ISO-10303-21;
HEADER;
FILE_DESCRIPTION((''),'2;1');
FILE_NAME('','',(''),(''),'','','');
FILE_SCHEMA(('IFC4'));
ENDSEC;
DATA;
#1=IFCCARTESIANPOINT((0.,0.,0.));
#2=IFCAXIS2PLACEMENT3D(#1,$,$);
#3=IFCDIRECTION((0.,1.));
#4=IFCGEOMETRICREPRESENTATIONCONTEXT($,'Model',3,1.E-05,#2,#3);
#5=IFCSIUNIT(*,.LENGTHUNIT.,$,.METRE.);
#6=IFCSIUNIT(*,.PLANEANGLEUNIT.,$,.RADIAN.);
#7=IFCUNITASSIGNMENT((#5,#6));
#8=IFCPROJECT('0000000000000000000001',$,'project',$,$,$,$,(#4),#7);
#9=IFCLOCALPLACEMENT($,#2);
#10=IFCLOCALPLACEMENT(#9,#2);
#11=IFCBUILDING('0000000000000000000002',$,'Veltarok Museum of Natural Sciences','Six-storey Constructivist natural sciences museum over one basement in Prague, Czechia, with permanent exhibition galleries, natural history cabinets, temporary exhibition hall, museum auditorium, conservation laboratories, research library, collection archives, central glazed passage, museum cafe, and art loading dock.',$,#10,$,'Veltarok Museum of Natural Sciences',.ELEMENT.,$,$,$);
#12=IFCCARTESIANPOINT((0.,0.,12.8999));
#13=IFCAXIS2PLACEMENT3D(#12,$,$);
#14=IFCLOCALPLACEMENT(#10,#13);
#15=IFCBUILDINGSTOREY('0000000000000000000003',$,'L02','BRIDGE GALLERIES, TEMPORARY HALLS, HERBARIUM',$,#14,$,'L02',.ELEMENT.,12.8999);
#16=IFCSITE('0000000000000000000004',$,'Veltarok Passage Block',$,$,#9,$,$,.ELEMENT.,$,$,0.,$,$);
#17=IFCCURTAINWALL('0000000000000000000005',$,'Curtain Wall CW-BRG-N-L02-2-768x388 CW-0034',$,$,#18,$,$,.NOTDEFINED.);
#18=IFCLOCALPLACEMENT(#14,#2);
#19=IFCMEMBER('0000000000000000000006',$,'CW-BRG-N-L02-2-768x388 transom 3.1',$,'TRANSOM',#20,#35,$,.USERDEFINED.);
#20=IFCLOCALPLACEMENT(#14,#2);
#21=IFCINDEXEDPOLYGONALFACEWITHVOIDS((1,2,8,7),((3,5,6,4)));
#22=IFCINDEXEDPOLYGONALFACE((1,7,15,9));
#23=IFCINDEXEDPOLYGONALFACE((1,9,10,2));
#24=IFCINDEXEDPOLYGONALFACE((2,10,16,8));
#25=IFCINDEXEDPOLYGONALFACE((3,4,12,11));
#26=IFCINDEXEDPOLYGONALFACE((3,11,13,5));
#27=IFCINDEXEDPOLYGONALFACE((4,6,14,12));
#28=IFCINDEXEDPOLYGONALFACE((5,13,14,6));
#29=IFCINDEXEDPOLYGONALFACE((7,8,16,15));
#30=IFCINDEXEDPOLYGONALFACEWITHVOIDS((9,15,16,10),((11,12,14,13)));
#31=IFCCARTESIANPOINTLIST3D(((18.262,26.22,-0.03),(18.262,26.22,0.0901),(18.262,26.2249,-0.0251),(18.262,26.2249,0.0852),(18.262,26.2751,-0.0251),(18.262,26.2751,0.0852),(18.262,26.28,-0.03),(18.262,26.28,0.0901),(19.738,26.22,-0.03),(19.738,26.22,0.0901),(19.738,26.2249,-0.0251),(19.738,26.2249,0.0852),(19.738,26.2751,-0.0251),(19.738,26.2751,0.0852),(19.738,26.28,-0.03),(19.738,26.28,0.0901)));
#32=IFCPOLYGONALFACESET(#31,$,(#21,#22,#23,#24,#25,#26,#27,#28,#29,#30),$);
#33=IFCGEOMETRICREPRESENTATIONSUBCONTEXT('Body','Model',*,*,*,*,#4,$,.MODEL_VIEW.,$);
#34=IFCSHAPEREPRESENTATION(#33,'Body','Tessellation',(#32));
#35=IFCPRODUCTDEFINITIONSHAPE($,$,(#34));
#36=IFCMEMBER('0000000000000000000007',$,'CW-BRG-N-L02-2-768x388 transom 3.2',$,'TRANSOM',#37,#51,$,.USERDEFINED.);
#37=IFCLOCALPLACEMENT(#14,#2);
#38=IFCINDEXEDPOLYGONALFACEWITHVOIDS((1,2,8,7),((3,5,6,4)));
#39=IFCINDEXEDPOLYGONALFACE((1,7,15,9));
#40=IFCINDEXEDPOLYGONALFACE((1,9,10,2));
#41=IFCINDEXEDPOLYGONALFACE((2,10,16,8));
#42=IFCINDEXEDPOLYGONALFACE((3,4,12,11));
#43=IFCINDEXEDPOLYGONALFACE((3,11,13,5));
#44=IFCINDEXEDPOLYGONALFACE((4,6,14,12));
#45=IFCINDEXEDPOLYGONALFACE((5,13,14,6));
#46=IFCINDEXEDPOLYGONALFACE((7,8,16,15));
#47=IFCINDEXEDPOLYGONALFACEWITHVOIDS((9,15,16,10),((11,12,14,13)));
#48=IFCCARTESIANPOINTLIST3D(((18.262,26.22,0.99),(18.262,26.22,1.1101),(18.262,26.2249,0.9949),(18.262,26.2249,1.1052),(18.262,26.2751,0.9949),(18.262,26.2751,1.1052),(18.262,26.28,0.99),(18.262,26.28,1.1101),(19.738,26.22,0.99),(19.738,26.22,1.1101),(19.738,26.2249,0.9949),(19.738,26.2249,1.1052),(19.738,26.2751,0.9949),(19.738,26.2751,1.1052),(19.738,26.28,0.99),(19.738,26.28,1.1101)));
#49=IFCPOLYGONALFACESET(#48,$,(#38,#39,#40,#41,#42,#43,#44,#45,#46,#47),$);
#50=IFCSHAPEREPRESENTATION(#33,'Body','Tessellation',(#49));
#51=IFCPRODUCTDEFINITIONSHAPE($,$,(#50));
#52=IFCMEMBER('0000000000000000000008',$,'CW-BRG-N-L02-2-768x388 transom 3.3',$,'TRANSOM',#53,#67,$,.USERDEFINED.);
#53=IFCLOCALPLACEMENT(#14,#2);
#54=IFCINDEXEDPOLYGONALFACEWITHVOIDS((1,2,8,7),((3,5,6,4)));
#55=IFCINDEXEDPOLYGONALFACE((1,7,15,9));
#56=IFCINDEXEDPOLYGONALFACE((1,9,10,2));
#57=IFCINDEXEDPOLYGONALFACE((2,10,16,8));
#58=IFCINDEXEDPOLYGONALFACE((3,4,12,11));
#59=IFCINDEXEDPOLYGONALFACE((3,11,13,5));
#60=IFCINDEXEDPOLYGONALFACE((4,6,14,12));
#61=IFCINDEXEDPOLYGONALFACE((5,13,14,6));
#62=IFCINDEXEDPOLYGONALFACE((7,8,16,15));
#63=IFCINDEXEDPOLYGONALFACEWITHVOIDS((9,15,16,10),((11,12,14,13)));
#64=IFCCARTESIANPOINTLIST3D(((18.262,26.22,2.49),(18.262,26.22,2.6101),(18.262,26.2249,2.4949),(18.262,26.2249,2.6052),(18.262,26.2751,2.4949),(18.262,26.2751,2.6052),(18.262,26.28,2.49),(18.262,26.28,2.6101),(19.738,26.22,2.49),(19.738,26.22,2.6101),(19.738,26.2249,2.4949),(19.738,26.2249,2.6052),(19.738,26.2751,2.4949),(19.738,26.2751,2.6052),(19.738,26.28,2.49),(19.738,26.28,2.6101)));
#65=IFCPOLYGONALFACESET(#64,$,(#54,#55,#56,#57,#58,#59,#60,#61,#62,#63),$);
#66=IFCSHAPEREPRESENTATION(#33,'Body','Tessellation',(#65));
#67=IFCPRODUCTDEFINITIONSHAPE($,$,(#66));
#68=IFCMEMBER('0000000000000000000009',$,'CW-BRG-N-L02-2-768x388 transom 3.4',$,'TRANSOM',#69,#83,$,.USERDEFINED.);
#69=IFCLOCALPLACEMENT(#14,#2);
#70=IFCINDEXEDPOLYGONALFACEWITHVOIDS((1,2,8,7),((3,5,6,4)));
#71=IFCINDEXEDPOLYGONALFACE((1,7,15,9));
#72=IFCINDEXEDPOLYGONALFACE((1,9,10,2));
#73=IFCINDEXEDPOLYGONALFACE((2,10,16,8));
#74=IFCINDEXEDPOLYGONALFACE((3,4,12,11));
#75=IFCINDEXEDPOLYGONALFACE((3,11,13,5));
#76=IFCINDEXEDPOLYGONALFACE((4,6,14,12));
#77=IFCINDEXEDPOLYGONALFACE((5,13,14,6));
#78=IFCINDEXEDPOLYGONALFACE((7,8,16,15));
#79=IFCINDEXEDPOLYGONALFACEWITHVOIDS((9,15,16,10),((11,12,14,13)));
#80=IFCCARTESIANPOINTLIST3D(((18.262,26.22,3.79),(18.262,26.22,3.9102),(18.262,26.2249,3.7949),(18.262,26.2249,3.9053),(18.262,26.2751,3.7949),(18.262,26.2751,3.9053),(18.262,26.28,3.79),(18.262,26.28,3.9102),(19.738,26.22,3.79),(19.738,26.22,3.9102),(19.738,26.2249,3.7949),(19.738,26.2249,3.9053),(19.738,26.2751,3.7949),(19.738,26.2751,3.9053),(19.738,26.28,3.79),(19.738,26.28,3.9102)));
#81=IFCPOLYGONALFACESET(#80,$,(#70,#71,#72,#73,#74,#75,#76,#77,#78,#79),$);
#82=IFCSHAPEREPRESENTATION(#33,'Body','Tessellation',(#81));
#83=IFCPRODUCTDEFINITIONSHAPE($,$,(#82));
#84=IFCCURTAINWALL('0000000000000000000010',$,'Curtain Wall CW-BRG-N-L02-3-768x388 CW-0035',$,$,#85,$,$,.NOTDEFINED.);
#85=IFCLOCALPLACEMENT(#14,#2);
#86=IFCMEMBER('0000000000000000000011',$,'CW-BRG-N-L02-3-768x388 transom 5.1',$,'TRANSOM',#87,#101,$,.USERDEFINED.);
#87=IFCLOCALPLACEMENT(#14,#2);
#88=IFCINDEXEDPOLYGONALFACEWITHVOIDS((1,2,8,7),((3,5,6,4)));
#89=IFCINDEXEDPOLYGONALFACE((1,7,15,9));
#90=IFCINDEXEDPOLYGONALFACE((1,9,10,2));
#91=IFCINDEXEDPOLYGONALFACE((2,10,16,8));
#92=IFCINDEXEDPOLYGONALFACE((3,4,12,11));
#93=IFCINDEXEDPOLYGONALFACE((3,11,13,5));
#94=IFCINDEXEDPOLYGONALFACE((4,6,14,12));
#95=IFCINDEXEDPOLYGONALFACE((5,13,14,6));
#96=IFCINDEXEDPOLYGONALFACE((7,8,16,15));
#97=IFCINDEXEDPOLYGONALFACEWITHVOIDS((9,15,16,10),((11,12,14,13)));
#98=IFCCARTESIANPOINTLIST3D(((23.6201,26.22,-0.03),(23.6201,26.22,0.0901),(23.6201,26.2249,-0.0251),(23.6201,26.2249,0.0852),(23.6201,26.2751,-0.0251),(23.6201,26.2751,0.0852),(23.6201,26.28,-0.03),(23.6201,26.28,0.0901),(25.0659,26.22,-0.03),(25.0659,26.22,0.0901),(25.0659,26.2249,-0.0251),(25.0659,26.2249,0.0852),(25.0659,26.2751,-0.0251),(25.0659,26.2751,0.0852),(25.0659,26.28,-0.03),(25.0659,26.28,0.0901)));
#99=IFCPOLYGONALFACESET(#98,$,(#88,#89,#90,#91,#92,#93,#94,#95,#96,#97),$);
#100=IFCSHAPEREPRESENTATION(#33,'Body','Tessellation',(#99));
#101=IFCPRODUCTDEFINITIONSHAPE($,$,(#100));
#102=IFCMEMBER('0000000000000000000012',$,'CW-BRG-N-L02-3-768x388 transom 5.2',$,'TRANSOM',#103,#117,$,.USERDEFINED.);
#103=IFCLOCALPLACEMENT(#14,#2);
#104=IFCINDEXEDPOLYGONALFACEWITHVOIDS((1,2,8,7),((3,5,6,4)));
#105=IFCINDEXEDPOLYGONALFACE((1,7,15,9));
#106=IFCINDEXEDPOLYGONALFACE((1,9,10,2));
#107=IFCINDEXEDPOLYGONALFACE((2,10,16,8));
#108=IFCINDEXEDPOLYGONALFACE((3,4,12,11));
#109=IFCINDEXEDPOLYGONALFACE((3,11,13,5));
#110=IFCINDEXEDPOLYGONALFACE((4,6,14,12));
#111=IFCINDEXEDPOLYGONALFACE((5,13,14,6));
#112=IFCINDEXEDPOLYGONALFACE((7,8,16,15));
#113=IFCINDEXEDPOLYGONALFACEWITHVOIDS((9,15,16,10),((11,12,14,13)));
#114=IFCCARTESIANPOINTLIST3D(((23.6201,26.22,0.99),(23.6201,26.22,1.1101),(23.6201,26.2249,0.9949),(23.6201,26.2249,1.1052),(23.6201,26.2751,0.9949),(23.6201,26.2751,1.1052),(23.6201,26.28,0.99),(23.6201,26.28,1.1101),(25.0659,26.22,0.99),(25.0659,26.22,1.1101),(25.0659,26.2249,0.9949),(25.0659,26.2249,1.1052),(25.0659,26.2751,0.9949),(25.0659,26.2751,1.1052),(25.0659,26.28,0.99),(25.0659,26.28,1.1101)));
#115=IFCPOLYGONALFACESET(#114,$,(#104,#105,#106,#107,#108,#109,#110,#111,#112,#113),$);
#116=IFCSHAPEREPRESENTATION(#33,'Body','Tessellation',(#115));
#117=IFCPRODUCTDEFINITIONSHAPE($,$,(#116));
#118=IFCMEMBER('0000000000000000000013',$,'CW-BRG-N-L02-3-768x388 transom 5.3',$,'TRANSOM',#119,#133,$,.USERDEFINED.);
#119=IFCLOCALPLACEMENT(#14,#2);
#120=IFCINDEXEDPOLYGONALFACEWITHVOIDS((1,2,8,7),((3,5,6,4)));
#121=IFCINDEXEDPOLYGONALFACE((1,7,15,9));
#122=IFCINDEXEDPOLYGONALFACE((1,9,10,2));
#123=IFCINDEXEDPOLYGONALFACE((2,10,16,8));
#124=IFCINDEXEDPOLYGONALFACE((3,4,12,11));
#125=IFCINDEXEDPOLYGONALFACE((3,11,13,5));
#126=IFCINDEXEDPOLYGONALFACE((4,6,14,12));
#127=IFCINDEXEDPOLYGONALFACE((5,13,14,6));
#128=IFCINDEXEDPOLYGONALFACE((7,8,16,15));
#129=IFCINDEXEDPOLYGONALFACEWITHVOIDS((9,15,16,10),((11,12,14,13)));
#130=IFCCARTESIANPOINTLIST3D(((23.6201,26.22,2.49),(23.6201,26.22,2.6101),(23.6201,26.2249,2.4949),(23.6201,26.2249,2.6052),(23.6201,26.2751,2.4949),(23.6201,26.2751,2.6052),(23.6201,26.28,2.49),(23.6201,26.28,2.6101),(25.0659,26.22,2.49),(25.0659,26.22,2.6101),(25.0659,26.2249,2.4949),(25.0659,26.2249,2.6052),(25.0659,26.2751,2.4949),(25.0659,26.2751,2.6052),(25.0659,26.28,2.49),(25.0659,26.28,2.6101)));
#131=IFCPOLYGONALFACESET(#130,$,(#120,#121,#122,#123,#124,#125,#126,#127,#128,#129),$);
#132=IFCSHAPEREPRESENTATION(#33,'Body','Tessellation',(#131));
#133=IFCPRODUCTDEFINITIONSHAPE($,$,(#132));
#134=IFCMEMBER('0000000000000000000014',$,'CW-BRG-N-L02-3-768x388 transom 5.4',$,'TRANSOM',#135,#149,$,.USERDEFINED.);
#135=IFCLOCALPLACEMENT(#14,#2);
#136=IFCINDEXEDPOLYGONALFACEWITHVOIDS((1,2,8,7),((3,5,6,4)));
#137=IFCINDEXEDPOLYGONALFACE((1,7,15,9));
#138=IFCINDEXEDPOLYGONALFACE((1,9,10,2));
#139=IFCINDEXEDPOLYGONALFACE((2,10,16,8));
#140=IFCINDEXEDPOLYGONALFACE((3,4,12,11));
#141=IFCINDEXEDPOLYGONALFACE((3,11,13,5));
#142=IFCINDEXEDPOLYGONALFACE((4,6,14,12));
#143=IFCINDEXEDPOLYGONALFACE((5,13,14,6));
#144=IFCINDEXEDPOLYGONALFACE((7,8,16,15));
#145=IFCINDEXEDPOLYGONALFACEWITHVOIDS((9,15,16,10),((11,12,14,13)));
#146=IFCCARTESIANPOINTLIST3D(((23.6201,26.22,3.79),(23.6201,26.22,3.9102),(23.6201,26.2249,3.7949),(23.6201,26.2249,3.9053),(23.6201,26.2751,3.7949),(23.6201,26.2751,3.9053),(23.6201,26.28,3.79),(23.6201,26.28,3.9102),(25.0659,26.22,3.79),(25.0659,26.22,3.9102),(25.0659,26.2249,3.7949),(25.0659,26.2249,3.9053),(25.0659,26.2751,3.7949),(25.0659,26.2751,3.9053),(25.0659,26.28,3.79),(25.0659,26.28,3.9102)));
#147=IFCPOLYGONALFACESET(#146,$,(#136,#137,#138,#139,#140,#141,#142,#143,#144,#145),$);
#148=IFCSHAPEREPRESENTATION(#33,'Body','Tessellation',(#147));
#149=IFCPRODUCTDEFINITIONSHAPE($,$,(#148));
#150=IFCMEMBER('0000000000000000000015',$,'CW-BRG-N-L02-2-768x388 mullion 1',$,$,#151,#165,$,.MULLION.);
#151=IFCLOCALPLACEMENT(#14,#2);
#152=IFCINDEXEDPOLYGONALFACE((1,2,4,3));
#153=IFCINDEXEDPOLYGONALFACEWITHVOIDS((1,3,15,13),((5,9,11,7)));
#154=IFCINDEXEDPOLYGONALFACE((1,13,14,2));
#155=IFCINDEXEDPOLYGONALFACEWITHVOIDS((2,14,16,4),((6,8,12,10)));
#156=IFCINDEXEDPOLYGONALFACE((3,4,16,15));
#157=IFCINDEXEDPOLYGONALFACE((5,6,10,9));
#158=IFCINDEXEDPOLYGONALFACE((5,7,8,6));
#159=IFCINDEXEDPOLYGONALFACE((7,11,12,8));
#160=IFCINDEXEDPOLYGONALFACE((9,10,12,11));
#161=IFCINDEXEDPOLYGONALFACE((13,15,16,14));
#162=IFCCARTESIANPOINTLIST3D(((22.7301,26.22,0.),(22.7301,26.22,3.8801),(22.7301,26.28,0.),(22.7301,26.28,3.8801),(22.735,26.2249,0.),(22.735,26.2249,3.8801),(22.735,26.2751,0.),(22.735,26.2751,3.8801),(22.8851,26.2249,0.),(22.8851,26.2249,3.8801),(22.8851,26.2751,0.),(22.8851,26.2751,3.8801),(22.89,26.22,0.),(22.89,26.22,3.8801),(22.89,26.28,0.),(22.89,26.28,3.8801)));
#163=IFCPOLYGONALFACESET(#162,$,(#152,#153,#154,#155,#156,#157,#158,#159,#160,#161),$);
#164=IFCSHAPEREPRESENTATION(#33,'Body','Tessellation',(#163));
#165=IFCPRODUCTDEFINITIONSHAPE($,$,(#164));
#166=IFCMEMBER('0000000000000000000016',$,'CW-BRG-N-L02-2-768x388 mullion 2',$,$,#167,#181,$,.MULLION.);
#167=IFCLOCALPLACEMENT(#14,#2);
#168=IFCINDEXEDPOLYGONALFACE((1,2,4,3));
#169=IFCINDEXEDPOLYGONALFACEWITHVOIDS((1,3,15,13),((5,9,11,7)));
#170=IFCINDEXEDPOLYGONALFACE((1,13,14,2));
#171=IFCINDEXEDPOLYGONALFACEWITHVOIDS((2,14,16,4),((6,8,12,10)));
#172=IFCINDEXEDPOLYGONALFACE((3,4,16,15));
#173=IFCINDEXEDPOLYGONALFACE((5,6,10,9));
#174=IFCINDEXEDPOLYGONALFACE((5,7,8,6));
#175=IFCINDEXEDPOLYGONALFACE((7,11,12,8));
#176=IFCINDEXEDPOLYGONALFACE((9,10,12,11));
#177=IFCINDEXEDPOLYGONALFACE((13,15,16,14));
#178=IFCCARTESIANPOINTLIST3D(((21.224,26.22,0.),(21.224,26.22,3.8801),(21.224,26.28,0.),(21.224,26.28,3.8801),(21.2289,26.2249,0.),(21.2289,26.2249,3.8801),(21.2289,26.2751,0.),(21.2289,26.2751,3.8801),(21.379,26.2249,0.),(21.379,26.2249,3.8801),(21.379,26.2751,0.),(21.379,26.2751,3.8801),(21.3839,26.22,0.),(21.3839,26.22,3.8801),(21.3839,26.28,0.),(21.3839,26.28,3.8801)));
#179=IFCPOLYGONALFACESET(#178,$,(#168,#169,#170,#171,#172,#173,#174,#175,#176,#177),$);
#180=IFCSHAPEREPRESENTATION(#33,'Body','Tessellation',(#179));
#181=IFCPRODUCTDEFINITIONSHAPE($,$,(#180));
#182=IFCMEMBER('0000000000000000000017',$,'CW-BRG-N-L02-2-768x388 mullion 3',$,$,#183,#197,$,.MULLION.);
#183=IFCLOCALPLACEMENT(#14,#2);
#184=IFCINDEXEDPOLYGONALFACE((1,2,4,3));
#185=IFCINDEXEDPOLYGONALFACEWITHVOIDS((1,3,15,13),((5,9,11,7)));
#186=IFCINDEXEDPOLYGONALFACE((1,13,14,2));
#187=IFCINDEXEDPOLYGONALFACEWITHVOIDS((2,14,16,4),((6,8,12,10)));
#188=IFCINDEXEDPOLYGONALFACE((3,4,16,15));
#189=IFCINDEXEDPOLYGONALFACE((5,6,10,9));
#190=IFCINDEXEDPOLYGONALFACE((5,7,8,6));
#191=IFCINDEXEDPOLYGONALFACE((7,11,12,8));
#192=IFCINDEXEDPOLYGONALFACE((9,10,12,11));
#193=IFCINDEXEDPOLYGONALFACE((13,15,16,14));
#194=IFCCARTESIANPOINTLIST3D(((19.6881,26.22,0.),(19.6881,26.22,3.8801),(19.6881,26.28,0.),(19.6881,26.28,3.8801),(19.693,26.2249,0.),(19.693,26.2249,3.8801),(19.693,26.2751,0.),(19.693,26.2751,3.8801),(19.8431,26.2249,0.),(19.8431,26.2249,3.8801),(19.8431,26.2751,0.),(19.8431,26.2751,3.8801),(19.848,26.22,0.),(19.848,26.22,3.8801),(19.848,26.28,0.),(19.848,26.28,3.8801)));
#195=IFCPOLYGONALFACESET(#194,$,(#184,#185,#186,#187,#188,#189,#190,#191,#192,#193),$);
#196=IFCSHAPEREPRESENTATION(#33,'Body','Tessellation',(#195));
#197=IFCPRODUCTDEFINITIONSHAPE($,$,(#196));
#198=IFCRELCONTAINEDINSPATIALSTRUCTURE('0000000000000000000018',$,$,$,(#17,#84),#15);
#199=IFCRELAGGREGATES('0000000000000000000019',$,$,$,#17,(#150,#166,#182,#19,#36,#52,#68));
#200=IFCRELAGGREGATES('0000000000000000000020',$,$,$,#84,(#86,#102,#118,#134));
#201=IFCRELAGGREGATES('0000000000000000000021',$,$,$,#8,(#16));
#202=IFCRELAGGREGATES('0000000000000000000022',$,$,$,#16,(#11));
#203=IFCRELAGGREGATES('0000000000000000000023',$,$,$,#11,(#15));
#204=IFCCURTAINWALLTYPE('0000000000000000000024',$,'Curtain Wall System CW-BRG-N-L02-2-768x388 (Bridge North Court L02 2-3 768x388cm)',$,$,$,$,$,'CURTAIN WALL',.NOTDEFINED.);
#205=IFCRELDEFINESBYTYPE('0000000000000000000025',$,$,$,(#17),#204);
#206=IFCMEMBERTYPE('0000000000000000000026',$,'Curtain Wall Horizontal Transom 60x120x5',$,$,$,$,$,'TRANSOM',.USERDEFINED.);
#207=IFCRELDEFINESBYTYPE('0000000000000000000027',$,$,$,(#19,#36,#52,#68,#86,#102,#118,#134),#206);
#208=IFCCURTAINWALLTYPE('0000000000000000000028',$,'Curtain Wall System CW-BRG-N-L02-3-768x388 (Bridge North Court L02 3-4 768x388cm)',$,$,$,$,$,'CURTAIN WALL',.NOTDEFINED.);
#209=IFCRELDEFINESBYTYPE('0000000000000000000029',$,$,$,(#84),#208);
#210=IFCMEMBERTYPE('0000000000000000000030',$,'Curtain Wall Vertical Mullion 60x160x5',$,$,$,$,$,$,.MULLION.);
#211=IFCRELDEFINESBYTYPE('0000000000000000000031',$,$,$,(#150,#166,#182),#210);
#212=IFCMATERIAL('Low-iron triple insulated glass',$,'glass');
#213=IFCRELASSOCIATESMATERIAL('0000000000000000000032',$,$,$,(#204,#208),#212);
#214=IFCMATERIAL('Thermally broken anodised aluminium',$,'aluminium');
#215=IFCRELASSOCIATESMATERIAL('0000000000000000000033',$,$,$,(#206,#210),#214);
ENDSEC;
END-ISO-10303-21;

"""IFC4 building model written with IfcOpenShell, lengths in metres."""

from ifc_helpers import new_model, si_unit, direction, frame, origin, origin_2d, place, context, subcontext, project, spatial, hollow_rectangle, extrude, material, material_profile, profile_set, type_object, element, aggregate, save


model = new_model("IFC4")

# Units and contexts
model_context = context("Model", 3, precision=1e-05, world=origin(), true_north=direction((0.0, 1.0)))
body_context = subcontext(model_context, "Body", "Model", "MODEL_VIEW")
ifc_project = project(units=[si_unit("LENGTHUNIT", "METRE"), si_unit("PLANEANGLEUNIT", "RADIAN")], contexts=[model_context])

# Site, building, storey
site_placement = place(None, origin())
site = spatial("IfcSite", under=ifc_project, at=site_placement, Name="Veltarok Passage Block", CompositionType="ELEMENT", RefElevation=0.0)
building_placement = place(site_placement, origin())
building = spatial("IfcBuilding", under=site, at=building_placement, Name="Veltarok Museum of Natural Sciences", Description="Six-storey Constructivist natural sciences museum over one basement in Prague, Czechia, with permanent exhibition galleries, natural history cabinets, temporary exhibition hall, museum auditorium, conservation laboratories, research library, collection archives, central glazed passage, museum cafe, and art loading dock.", LongName="Veltarok Museum of Natural Sciences", CompositionType="ELEMENT")
storey_placement = place(building_placement, frame((0.0, 0.0, 12.8999)))
storey = spatial("IfcBuildingStorey", under=building, at=storey_placement, Name="L02", Description="BRIDGE GALLERIES, TEMPORARY HALLS, HERBARIUM", LongName="L02", CompositionType="ELEMENT", Elevation=12.8999)

# Curtain walls, members
ifc_material_1 = material(Name="Low-iron triple insulated glass", Category="glass")
curtain_wall_type_1 = type_object("IfcCurtainWallType", Name="Curtain Wall System CW-BRG-N-L02-2-768x388 (Bridge North Court L02 2-3 768x388cm)", ElementType="CURTAIN WALL", PredefinedType="NOTDEFINED", material=ifc_material_1)
curtain_wall_1_placement = place(storey_placement, origin())
curtain_wall_1 = element("IfcCurtainWall", 1, at=curtain_wall_1_placement, inside=storey, type_object=curtain_wall_type_1, Name="Curtain Wall CW-BRG-N-L02-2-768x388 CW-0034", PredefinedType="NOTDEFINED")
ifc_material_2 = material(Name="Thermally broken anodised aluminium", Category="aluminium")
ifc_material_profile_1 = material_profile(ifc_material_2, hollow_rectangle(XDim=0.0601, YDim=0.1201, WallThickness=0.0049, at=origin_2d()), Name="CW TRANSOM 60x120x5")
ifc_profile_set_1 = profile_set([ifc_material_profile_1], Name="Thermally broken anodised aluminium")
member_type_1 = type_object("IfcMemberType", Name="Curtain Wall Horizontal Transom 60x120x5", ElementType="TRANSOM", PredefinedType="USERDEFINED", material=ifc_profile_set_1)
member_1_placement = place(storey_placement, frame((19.738, 26.25, 0.03), z_axis=(-1.0, 0.0, 0.0), x_axis=(0.0, -1.0, 0.0)))
member_1 = element("IfcMember", 2, at=member_1_placement, type_object=member_type_1, Name="CW-BRG-N-L02-2-768x388 transom 3.1", ObjectType="TRANSOM", PredefinedType="USERDEFINED", context=body_context, shape_type="SweptSolid", body=[
    extrude(hollow_rectangle(XDim=0.0601, YDim=0.1201, WallThickness=0.0049, at=origin_2d()), origin(), (0.0, 0.0, 1.0), 1.4761),
])
member_2_placement = place(storey_placement, frame((19.738, 26.25, 1.05), z_axis=(-1.0, 0.0, 0.0), x_axis=(0.0, -1.0, 0.0)))
member_2 = element("IfcMember", 3, at=member_2_placement, type_object=member_type_1, Name="CW-BRG-N-L02-2-768x388 transom 3.2", ObjectType="TRANSOM", PredefinedType="USERDEFINED", context=body_context, shape_type="SweptSolid", body=[
    extrude(hollow_rectangle(XDim=0.0601, YDim=0.1201, WallThickness=0.0049, at=origin_2d()), origin(), (0.0, 0.0, 1.0), 1.4761),
])
member_3_placement = place(storey_placement, frame((19.738, 26.25, 2.55), z_axis=(-1.0, 0.0, 0.0), x_axis=(0.0, -1.0, 0.0)))
member_3 = element("IfcMember", 4, at=member_3_placement, type_object=member_type_1, Name="CW-BRG-N-L02-2-768x388 transom 3.3", ObjectType="TRANSOM", PredefinedType="USERDEFINED", context=body_context, shape_type="SweptSolid", body=[
    extrude(hollow_rectangle(XDim=0.0601, YDim=0.1201, WallThickness=0.0049, at=origin_2d()), origin(), (0.0, 0.0, 1.0), 1.4761),
])
member_4_placement = place(storey_placement, frame((19.738, 26.25, 3.8501), z_axis=(-1.0, 0.0, 0.0), x_axis=(0.0, -1.0, 0.0)))
member_4 = element("IfcMember", 5, at=member_4_placement, type_object=member_type_1, Name="CW-BRG-N-L02-2-768x388 transom 3.4", ObjectType="TRANSOM", PredefinedType="USERDEFINED", context=body_context, shape_type="SweptSolid", body=[
    extrude(hollow_rectangle(XDim=0.0601, YDim=0.1201, WallThickness=0.0049, at=origin_2d()), origin(), (0.0, 0.0, 1.0), 1.4761),
])
curtain_wall_type_2 = type_object("IfcCurtainWallType", Name="Curtain Wall System CW-BRG-N-L02-3-768x388 (Bridge North Court L02 3-4 768x388cm)", ElementType="CURTAIN WALL", PredefinedType="NOTDEFINED", material=ifc_material_1)
curtain_wall_2_placement = place(storey_placement, origin())
curtain_wall_2 = element("IfcCurtainWall", 6, at=curtain_wall_2_placement, inside=storey, type_object=curtain_wall_type_2, Name="Curtain Wall CW-BRG-N-L02-3-768x388 CW-0035", PredefinedType="NOTDEFINED")
member_5_placement = place(storey_placement, frame((25.0659, 26.25, 0.03), z_axis=(-1.0, 0.0, 0.0), x_axis=(0.0, -1.0, 0.0)))
member_5 = element("IfcMember", 7, at=member_5_placement, type_object=member_type_1, Name="CW-BRG-N-L02-3-768x388 transom 5.1", ObjectType="TRANSOM", PredefinedType="USERDEFINED", context=body_context, shape_type="SweptSolid", body=[
    extrude(hollow_rectangle(XDim=0.0601, YDim=0.1201, WallThickness=0.0049, at=origin_2d()), origin(), (0.0, 0.0, 1.0), 1.4458),
])
member_6_placement = place(storey_placement, frame((25.0659, 26.25, 1.05), z_axis=(-1.0, 0.0, 0.0), x_axis=(0.0, -1.0, 0.0)))
member_6 = element("IfcMember", 8, at=member_6_placement, type_object=member_type_1, Name="CW-BRG-N-L02-3-768x388 transom 5.2", ObjectType="TRANSOM", PredefinedType="USERDEFINED", context=body_context, shape_type="SweptSolid", body=[
    extrude(hollow_rectangle(XDim=0.0601, YDim=0.1201, WallThickness=0.0049, at=origin_2d()), origin(), (0.0, 0.0, 1.0), 1.4458),
])
member_7_placement = place(storey_placement, frame((25.0659, 26.25, 2.55), z_axis=(-1.0, 0.0, 0.0), x_axis=(0.0, -1.0, 0.0)))
member_7 = element("IfcMember", 9, at=member_7_placement, type_object=member_type_1, Name="CW-BRG-N-L02-3-768x388 transom 5.3", ObjectType="TRANSOM", PredefinedType="USERDEFINED", context=body_context, shape_type="SweptSolid", body=[
    extrude(hollow_rectangle(XDim=0.0601, YDim=0.1201, WallThickness=0.0049, at=origin_2d()), origin(), (0.0, 0.0, 1.0), 1.4458),
])
member_8_placement = place(storey_placement, frame((25.0659, 26.25, 3.8501), z_axis=(-1.0, 0.0, 0.0), x_axis=(0.0, -1.0, 0.0)))
member_8 = element("IfcMember", 10, at=member_8_placement, type_object=member_type_1, Name="CW-BRG-N-L02-3-768x388 transom 5.4", ObjectType="TRANSOM", PredefinedType="USERDEFINED", context=body_context, shape_type="SweptSolid", body=[
    extrude(hollow_rectangle(XDim=0.0601, YDim=0.1201, WallThickness=0.0049, at=origin_2d()), origin(), (0.0, 0.0, 1.0), 1.4458),
])

# Members
ifc_material_profile_2 = material_profile(ifc_material_2, hollow_rectangle(XDim=0.0601, YDim=0.1599, WallThickness=0.0049, at=origin_2d()), Name="CW MULLION 60x160x5")
ifc_profile_set_2 = profile_set([ifc_material_profile_2], Name="Thermally broken anodised aluminium")
member_type_2 = type_object("IfcMemberType", Name="Curtain Wall Vertical Mullion 60x160x5", PredefinedType="MULLION", material=ifc_profile_set_2)
member_9_placement = place(storey_placement, frame((22.8101, 26.25, 0.0), z_axis=(0.0, 0.0, 1.0), x_axis=(0.0, -1.0, 0.0)))
member_9 = element("IfcMember", 11, at=member_9_placement, type_object=member_type_2, Name="CW-BRG-N-L02-2-768x388 mullion 1", PredefinedType="MULLION", context=body_context, shape_type="SweptSolid", body=[
    extrude(hollow_rectangle(XDim=0.0601, YDim=0.1599, WallThickness=0.0049, at=origin_2d()), origin(), (0.0, 0.0, 1.0), 3.8801),
])
member_10_placement = place(storey_placement, frame((21.304, 26.25, 0.0), z_axis=(0.0, 0.0, 1.0), x_axis=(0.0, -1.0, 0.0)))
member_10 = element("IfcMember", 12, at=member_10_placement, type_object=member_type_2, Name="CW-BRG-N-L02-2-768x388 mullion 2", PredefinedType="MULLION", context=body_context, shape_type="SweptSolid", body=[
    extrude(hollow_rectangle(XDim=0.0601, YDim=0.1599, WallThickness=0.0049, at=origin_2d()), origin(), (0.0, 0.0, 1.0), 3.8801),
])
member_11_placement = place(storey_placement, frame((19.7681, 26.25, 0.0), z_axis=(0.0, 0.0, 1.0), x_axis=(0.0, -1.0, 0.0)))
member_11 = element("IfcMember", 13, at=member_11_placement, type_object=member_type_2, Name="CW-BRG-N-L02-2-768x388 mullion 3", PredefinedType="MULLION", context=body_context, shape_type="SweptSolid", body=[
    extrude(hollow_rectangle(XDim=0.0601, YDim=0.1599, WallThickness=0.0049, at=origin_2d()), origin(), (0.0, 0.0, 1.0), 3.8801),
])

aggregate(curtain_wall_1, [member_9, member_10, member_11, member_1, member_2, member_3, member_4])
aggregate(curtain_wall_2, [member_5, member_6, member_7, member_8])

save(model, "model.ifc")
